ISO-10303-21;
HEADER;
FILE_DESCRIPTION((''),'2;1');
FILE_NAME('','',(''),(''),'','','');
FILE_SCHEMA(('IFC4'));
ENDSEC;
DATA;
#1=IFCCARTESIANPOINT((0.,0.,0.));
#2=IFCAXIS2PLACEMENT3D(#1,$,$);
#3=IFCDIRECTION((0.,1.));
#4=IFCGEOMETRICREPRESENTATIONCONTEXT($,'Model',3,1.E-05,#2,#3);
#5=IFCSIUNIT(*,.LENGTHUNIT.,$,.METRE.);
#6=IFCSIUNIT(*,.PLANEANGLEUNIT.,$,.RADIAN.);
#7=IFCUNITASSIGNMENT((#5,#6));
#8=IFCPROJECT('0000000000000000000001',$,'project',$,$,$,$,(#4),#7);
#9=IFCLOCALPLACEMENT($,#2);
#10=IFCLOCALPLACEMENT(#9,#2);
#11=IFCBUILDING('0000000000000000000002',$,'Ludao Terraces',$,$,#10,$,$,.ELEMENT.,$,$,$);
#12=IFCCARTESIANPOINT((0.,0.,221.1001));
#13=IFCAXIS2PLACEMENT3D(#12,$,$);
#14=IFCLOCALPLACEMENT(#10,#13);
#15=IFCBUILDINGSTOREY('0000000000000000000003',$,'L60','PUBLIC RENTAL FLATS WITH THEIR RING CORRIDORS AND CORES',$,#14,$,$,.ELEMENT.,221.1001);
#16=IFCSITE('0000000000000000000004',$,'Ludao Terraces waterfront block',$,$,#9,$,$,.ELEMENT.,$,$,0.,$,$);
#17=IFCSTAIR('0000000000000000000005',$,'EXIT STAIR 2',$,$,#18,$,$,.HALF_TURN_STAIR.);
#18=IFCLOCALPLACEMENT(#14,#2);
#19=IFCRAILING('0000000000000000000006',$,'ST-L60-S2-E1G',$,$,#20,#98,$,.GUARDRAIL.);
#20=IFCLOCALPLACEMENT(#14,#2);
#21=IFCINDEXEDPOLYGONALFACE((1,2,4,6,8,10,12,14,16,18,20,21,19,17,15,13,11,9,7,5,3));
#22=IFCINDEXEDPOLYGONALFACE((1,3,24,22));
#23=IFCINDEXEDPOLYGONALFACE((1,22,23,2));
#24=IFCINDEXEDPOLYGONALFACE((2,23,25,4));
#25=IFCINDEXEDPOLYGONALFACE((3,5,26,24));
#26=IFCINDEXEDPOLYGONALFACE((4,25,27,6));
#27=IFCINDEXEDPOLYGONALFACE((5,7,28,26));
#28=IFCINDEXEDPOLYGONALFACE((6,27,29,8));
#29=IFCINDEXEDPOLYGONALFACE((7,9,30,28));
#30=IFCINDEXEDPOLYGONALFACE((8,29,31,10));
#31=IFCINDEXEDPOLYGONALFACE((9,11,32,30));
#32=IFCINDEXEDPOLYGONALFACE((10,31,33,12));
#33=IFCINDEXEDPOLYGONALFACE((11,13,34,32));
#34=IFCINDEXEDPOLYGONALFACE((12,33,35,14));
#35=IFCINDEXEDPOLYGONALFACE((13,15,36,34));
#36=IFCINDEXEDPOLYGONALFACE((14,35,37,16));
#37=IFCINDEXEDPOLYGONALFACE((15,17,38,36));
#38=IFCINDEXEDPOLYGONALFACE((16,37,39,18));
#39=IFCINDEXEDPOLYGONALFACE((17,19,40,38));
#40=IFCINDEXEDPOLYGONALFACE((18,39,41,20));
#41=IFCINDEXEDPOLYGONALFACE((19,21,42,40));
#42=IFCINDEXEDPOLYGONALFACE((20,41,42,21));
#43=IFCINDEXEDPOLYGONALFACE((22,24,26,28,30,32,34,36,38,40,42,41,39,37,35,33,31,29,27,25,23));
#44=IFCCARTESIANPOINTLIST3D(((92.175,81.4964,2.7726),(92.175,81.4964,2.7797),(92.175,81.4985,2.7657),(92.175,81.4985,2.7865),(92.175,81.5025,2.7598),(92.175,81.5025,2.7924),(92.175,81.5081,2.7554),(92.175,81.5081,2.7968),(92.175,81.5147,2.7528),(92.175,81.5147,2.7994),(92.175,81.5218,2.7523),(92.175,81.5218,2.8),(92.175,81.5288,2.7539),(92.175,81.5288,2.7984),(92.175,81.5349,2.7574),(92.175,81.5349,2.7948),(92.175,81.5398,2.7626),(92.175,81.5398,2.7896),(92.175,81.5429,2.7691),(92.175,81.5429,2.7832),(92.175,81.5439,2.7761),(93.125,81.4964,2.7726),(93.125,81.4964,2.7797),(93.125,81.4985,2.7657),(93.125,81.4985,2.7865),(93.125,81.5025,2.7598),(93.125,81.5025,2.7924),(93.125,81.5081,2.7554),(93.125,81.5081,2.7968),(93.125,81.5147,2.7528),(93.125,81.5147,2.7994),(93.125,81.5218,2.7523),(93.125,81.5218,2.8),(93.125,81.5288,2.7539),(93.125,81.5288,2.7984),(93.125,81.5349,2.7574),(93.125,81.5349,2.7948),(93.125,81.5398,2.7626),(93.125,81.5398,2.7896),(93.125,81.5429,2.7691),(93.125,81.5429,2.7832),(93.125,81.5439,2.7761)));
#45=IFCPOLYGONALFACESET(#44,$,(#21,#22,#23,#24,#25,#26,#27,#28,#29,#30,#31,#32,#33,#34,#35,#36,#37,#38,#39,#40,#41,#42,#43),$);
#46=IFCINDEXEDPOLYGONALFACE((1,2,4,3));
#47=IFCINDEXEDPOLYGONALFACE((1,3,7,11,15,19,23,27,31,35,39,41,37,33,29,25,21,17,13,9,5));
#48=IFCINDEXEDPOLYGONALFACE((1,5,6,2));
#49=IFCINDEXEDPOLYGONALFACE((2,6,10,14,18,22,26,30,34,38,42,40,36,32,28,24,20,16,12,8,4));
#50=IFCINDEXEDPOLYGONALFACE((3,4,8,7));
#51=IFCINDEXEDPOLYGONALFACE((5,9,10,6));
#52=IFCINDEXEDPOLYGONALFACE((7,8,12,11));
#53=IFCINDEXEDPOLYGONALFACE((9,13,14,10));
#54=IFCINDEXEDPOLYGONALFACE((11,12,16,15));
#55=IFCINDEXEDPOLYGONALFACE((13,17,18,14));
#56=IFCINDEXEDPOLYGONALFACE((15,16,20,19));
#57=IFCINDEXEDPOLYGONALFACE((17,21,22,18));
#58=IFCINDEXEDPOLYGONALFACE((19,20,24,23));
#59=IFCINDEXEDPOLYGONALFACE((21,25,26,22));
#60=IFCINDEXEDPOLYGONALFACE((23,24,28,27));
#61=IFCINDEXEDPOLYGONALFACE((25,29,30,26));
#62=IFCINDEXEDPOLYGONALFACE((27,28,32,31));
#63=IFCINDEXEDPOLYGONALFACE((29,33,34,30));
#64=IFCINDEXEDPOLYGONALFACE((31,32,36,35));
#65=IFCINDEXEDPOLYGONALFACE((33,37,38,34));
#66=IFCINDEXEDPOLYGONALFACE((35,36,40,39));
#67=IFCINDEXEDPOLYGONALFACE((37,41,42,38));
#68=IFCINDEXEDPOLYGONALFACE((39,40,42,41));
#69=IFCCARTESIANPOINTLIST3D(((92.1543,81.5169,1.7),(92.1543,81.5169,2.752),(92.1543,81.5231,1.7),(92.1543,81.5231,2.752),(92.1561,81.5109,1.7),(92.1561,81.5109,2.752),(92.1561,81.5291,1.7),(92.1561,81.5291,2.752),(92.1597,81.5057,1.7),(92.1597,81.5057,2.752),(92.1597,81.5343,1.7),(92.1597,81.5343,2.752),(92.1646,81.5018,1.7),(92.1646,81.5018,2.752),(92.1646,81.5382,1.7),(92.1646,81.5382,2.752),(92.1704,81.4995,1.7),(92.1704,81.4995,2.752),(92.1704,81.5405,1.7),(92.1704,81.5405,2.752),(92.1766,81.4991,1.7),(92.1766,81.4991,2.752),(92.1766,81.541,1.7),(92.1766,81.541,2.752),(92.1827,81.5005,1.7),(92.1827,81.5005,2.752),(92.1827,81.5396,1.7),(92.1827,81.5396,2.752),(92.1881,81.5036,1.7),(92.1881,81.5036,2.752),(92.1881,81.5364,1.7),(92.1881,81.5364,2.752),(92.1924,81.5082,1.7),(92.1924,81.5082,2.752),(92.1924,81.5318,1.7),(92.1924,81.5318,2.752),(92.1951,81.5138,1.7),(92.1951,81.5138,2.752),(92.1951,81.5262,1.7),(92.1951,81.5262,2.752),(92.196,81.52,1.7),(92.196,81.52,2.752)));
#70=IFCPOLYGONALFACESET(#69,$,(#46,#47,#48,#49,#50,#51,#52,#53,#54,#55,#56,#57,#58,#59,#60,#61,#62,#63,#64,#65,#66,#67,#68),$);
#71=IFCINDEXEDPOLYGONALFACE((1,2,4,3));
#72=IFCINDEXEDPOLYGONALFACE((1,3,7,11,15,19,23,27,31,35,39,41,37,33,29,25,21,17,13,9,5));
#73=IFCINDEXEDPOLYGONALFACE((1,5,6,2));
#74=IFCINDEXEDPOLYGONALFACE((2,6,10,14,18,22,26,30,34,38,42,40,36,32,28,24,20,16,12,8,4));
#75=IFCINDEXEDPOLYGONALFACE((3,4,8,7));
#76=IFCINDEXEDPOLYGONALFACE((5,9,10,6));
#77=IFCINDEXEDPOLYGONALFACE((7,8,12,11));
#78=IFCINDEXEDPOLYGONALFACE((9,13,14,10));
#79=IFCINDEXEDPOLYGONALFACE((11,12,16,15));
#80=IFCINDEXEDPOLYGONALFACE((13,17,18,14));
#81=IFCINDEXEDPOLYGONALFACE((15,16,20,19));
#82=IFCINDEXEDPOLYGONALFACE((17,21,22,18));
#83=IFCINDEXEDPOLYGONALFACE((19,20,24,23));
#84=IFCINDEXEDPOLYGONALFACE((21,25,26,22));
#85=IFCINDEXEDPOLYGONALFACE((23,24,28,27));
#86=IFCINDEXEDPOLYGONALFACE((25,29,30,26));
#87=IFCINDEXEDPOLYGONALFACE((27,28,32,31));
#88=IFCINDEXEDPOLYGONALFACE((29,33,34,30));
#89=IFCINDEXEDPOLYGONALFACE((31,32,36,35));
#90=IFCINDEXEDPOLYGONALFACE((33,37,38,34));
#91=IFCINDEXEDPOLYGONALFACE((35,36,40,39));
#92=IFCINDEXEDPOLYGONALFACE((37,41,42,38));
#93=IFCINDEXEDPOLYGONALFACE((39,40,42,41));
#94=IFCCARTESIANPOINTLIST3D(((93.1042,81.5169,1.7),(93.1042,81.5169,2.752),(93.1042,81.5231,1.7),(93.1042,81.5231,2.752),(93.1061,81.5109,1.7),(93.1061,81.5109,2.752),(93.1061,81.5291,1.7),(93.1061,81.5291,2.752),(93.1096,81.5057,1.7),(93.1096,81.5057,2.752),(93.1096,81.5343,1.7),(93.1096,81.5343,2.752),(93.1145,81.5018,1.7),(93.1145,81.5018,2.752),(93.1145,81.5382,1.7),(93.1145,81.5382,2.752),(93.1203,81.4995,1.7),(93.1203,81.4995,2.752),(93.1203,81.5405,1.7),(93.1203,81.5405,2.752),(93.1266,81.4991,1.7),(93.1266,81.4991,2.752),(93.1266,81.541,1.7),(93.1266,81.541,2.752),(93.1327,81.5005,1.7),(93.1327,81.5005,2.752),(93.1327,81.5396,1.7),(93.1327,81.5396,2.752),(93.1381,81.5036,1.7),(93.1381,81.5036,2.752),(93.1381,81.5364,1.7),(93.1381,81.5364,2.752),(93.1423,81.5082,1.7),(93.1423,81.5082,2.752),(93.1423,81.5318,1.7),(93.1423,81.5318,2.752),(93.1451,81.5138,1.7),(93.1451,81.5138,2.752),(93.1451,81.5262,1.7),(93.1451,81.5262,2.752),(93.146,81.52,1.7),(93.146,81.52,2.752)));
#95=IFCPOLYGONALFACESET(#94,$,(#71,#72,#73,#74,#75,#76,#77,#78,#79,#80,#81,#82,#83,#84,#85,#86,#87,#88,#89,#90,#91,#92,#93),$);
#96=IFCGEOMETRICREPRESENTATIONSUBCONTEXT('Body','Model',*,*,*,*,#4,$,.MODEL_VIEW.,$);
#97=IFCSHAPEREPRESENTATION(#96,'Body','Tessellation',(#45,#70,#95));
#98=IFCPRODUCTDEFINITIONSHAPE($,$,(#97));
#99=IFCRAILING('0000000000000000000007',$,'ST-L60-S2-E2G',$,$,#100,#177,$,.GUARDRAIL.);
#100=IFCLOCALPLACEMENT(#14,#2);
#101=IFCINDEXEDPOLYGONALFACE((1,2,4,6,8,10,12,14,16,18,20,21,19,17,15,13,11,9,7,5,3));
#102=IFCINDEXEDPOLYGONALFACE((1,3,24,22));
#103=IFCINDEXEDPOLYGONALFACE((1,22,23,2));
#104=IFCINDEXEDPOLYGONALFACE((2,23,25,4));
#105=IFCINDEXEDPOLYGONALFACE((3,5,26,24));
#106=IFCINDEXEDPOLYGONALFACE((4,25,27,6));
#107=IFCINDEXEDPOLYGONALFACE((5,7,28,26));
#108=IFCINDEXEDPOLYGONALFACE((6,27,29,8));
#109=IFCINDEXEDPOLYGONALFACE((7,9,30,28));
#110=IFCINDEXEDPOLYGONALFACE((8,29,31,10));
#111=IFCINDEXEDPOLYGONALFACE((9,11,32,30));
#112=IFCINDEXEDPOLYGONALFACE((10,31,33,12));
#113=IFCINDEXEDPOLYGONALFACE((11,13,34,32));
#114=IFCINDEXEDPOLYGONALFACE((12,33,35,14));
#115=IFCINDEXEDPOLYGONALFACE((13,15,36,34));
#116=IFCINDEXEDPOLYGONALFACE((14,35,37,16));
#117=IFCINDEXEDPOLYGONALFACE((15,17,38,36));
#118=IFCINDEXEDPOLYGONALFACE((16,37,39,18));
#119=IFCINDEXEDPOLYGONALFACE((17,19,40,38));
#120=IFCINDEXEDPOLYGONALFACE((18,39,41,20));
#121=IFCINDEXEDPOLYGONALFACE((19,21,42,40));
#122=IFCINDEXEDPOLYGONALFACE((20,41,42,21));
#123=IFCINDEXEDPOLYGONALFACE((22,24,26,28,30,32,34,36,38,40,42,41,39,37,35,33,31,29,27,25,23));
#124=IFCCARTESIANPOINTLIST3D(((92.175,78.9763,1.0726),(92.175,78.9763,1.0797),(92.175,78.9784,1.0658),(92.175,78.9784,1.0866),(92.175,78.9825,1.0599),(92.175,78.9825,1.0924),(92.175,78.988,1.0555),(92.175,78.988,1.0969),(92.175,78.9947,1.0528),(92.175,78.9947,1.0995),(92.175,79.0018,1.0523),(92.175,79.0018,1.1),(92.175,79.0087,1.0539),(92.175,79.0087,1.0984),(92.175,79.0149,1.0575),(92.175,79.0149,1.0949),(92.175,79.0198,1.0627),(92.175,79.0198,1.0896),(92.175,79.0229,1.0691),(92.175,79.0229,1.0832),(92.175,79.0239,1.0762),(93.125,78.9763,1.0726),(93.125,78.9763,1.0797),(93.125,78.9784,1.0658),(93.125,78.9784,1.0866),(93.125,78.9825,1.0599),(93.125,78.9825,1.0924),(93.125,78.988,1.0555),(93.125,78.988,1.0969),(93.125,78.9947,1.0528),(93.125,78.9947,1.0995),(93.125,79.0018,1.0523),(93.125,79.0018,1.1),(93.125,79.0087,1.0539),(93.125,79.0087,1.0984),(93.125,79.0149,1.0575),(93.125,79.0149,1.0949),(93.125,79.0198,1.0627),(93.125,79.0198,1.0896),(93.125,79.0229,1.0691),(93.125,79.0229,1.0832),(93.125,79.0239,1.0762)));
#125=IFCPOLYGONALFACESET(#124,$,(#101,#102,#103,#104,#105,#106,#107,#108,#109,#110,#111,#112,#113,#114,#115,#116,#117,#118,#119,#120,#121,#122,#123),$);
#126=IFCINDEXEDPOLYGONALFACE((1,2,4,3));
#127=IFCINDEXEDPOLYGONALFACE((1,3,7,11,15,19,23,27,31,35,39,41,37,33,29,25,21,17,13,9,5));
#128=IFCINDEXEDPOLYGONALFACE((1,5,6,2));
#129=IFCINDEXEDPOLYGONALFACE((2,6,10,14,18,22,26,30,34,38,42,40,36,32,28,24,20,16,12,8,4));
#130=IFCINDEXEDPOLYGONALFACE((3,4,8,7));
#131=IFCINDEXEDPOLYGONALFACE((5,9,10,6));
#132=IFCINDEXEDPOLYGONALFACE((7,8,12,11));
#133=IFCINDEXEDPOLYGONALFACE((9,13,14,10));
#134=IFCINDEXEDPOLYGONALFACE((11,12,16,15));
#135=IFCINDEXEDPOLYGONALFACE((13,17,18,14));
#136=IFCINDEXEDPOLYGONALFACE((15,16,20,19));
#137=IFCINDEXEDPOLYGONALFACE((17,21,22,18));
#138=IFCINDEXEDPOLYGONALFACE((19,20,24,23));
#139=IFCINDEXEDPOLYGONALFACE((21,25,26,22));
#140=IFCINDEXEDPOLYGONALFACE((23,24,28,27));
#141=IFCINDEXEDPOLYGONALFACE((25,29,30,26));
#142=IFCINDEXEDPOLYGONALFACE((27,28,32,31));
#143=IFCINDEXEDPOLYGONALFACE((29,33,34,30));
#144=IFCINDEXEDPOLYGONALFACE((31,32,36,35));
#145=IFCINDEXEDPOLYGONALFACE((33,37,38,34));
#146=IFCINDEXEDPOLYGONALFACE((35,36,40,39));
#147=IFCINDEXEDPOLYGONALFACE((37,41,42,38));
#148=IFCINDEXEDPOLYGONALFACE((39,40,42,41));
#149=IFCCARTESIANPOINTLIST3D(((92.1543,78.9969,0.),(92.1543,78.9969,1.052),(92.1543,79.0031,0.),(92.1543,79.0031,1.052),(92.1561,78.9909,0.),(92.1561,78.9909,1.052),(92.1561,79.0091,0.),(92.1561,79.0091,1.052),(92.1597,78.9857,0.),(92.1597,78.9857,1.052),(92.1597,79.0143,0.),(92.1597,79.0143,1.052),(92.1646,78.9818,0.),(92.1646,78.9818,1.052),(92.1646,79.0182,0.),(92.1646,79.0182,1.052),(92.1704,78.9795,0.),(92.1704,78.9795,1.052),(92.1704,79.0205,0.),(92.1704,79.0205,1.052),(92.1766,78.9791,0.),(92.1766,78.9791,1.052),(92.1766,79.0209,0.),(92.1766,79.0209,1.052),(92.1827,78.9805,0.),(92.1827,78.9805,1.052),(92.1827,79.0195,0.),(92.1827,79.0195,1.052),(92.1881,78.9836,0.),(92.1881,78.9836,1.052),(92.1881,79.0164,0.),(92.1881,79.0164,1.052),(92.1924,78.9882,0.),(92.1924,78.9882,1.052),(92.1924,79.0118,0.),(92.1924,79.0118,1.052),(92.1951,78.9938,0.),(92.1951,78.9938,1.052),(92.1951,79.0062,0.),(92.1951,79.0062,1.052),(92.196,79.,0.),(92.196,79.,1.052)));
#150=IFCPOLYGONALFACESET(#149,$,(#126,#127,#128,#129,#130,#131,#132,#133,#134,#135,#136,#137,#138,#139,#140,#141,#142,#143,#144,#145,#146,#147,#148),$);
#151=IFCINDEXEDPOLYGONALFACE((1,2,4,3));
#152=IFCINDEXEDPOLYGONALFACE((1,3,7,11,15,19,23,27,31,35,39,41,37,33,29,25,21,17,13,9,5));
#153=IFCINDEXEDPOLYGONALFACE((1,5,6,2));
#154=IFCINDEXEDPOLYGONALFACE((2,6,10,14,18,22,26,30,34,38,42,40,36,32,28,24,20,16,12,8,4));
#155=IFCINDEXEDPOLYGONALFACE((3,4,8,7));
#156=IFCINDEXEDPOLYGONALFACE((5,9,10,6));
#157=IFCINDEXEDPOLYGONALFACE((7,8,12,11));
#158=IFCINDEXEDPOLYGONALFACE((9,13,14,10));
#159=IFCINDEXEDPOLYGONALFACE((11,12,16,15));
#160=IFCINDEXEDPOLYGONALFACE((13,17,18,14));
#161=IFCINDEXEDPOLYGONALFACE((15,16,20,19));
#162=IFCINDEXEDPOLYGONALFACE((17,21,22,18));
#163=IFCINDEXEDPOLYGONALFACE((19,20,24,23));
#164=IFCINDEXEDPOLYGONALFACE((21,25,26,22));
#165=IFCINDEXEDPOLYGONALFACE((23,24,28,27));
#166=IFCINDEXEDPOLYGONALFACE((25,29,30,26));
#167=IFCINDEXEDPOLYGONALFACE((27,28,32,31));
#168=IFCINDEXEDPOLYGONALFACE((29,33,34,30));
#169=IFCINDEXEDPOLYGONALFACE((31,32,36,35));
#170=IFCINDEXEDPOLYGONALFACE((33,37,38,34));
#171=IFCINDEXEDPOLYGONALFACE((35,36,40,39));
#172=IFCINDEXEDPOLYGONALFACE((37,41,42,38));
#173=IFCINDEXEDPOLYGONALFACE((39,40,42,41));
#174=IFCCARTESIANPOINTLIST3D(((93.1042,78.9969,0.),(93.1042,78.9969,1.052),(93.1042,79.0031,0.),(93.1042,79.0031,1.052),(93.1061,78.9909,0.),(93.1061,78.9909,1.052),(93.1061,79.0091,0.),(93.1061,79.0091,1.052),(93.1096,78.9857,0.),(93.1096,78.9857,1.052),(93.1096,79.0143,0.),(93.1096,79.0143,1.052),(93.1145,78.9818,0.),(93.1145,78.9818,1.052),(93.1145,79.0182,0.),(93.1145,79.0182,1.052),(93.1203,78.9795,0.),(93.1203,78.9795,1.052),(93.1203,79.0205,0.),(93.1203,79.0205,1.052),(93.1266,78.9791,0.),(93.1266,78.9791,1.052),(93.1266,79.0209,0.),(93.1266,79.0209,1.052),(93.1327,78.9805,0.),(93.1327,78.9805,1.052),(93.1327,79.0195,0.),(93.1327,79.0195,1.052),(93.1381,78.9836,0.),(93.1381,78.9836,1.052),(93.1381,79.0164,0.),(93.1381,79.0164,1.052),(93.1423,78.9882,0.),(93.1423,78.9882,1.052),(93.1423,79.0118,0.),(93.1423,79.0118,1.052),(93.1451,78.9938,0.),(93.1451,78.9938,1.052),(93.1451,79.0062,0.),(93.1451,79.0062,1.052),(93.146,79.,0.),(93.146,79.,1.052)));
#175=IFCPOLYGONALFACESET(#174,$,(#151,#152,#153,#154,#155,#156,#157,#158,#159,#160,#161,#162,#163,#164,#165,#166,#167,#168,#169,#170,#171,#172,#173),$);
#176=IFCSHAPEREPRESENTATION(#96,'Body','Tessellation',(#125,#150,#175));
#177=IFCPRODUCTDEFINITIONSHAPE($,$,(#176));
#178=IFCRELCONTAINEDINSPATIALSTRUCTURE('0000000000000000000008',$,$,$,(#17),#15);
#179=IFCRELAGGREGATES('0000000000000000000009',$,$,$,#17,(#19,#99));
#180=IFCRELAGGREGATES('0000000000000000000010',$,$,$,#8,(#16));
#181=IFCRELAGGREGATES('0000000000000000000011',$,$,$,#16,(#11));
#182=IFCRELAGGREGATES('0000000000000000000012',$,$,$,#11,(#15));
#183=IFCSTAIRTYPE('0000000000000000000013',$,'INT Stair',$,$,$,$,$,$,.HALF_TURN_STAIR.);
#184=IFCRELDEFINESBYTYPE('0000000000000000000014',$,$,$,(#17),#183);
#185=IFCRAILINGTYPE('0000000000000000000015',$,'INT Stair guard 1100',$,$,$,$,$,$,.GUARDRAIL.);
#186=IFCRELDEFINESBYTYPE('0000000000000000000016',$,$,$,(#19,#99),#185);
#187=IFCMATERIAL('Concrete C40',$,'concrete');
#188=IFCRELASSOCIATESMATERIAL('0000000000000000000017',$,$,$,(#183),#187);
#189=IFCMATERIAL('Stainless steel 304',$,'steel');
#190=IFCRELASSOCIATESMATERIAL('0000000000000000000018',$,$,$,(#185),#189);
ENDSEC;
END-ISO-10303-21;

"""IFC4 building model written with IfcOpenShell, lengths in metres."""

from ifc_helpers import new_model, si_unit, direction, frame, origin, origin_2d, place, context, subcontext, project, spatial, circle, extrude, material, type_object, element, aggregate, save


model = new_model("IFC4")

# Units and contexts
model_context = context("Model", 3, precision=1e-05, world=origin(), true_north=direction((0.0, 1.0)))
body_context = subcontext(model_context, "Body", "Model", "MODEL_VIEW")
ifc_project = project(units=[si_unit("LENGTHUNIT", "METRE"), si_unit("PLANEANGLEUNIT", "RADIAN")], contexts=[model_context])

# Site, building, storey
site_placement = place(None, origin())
site = spatial("IfcSite", under=ifc_project, at=site_placement, Name="Ludao Terraces waterfront block", CompositionType="ELEMENT", RefElevation=0.0)
building_placement = place(site_placement, origin())
building = spatial("IfcBuilding", under=site, at=building_placement, Name="Ludao Terraces", CompositionType="ELEMENT")
storey_placement = place(building_placement, frame((0.0, 0.0, 221.1001)))
storey = spatial("IfcBuildingStorey", under=building, at=storey_placement, Name="L60", Description="PUBLIC RENTAL FLATS WITH THEIR RING CORRIDORS AND CORES", CompositionType="ELEMENT", Elevation=221.1001)

# Shared definitions
ifc_material_1 = material(Name="Stainless steel 304", Category="steel")

# Stair, railings
ifc_material_2 = material(Name="Concrete C40", Category="concrete")
stair_type = type_object("IfcStairType", Name="INT Stair", PredefinedType="HALF_TURN_STAIR", material=ifc_material_2)
stair_placement = place(storey_placement, origin())
stair = element("IfcStair", 1, at=stair_placement, inside=storey, type_object=stair_type, Name="EXIT STAIR 2", PredefinedType="HALF_TURN_STAIR")
railing_type_1 = type_object("IfcRailingType", Name="INT Stair guard 1100", PredefinedType="GUARDRAIL", material=ifc_material_1)
railing_1_placement = place(storey_placement, frame((92.175, 81.52, 1.7)))
railing_1 = element("IfcRailing", 2, at=railing_1_placement, type_object=railing_type_1, Name="ST-L60-S2-E1G", PredefinedType="GUARDRAIL", context=body_context, shape_type="SweptSolid", body=[
    extrude(circle(Radius=0.0239, at=origin_2d()), frame((0.0, 0.0, 1.0762), z_axis=(1.0, 0.0, 0.0), x_axis=(0.0, 1.0, 0.0)), (0.0, 0.0, 1.0), 0.95),
    extrude(circle(Radius=0.021, at=origin_2d()), origin(), (0.0, 0.0, 1.0), 1.052),
    extrude(circle(Radius=0.021, at=origin_2d()), frame((0.95, 0.0, 0.0)), (0.0, 0.0, 1.0), 1.052),
])
railing_2_placement = place(storey_placement, frame((92.175, 79.0, 0.0)))
railing_2 = element("IfcRailing", 3, at=railing_2_placement, type_object=railing_type_1, Name="ST-L60-S2-E2G", PredefinedType="GUARDRAIL", context=body_context, shape_type="SweptSolid", body=[
    extrude(circle(Radius=0.0239, at=origin_2d()), frame((0.0, 0.0, 1.0762), z_axis=(1.0, 0.0, 0.0), x_axis=(0.0, 1.0, 0.0)), (0.0, 0.0, 1.0), 0.95),
    extrude(circle(Radius=0.021, at=origin_2d()), origin(), (0.0, 0.0, 1.0), 1.052),
    extrude(circle(Radius=0.021, at=origin_2d()), frame((0.95, 0.0, 0.0)), (0.0, 0.0, 1.0), 1.052),
])
aggregate(stair, [railing_1, railing_2])

save(model, "model.ifc")
